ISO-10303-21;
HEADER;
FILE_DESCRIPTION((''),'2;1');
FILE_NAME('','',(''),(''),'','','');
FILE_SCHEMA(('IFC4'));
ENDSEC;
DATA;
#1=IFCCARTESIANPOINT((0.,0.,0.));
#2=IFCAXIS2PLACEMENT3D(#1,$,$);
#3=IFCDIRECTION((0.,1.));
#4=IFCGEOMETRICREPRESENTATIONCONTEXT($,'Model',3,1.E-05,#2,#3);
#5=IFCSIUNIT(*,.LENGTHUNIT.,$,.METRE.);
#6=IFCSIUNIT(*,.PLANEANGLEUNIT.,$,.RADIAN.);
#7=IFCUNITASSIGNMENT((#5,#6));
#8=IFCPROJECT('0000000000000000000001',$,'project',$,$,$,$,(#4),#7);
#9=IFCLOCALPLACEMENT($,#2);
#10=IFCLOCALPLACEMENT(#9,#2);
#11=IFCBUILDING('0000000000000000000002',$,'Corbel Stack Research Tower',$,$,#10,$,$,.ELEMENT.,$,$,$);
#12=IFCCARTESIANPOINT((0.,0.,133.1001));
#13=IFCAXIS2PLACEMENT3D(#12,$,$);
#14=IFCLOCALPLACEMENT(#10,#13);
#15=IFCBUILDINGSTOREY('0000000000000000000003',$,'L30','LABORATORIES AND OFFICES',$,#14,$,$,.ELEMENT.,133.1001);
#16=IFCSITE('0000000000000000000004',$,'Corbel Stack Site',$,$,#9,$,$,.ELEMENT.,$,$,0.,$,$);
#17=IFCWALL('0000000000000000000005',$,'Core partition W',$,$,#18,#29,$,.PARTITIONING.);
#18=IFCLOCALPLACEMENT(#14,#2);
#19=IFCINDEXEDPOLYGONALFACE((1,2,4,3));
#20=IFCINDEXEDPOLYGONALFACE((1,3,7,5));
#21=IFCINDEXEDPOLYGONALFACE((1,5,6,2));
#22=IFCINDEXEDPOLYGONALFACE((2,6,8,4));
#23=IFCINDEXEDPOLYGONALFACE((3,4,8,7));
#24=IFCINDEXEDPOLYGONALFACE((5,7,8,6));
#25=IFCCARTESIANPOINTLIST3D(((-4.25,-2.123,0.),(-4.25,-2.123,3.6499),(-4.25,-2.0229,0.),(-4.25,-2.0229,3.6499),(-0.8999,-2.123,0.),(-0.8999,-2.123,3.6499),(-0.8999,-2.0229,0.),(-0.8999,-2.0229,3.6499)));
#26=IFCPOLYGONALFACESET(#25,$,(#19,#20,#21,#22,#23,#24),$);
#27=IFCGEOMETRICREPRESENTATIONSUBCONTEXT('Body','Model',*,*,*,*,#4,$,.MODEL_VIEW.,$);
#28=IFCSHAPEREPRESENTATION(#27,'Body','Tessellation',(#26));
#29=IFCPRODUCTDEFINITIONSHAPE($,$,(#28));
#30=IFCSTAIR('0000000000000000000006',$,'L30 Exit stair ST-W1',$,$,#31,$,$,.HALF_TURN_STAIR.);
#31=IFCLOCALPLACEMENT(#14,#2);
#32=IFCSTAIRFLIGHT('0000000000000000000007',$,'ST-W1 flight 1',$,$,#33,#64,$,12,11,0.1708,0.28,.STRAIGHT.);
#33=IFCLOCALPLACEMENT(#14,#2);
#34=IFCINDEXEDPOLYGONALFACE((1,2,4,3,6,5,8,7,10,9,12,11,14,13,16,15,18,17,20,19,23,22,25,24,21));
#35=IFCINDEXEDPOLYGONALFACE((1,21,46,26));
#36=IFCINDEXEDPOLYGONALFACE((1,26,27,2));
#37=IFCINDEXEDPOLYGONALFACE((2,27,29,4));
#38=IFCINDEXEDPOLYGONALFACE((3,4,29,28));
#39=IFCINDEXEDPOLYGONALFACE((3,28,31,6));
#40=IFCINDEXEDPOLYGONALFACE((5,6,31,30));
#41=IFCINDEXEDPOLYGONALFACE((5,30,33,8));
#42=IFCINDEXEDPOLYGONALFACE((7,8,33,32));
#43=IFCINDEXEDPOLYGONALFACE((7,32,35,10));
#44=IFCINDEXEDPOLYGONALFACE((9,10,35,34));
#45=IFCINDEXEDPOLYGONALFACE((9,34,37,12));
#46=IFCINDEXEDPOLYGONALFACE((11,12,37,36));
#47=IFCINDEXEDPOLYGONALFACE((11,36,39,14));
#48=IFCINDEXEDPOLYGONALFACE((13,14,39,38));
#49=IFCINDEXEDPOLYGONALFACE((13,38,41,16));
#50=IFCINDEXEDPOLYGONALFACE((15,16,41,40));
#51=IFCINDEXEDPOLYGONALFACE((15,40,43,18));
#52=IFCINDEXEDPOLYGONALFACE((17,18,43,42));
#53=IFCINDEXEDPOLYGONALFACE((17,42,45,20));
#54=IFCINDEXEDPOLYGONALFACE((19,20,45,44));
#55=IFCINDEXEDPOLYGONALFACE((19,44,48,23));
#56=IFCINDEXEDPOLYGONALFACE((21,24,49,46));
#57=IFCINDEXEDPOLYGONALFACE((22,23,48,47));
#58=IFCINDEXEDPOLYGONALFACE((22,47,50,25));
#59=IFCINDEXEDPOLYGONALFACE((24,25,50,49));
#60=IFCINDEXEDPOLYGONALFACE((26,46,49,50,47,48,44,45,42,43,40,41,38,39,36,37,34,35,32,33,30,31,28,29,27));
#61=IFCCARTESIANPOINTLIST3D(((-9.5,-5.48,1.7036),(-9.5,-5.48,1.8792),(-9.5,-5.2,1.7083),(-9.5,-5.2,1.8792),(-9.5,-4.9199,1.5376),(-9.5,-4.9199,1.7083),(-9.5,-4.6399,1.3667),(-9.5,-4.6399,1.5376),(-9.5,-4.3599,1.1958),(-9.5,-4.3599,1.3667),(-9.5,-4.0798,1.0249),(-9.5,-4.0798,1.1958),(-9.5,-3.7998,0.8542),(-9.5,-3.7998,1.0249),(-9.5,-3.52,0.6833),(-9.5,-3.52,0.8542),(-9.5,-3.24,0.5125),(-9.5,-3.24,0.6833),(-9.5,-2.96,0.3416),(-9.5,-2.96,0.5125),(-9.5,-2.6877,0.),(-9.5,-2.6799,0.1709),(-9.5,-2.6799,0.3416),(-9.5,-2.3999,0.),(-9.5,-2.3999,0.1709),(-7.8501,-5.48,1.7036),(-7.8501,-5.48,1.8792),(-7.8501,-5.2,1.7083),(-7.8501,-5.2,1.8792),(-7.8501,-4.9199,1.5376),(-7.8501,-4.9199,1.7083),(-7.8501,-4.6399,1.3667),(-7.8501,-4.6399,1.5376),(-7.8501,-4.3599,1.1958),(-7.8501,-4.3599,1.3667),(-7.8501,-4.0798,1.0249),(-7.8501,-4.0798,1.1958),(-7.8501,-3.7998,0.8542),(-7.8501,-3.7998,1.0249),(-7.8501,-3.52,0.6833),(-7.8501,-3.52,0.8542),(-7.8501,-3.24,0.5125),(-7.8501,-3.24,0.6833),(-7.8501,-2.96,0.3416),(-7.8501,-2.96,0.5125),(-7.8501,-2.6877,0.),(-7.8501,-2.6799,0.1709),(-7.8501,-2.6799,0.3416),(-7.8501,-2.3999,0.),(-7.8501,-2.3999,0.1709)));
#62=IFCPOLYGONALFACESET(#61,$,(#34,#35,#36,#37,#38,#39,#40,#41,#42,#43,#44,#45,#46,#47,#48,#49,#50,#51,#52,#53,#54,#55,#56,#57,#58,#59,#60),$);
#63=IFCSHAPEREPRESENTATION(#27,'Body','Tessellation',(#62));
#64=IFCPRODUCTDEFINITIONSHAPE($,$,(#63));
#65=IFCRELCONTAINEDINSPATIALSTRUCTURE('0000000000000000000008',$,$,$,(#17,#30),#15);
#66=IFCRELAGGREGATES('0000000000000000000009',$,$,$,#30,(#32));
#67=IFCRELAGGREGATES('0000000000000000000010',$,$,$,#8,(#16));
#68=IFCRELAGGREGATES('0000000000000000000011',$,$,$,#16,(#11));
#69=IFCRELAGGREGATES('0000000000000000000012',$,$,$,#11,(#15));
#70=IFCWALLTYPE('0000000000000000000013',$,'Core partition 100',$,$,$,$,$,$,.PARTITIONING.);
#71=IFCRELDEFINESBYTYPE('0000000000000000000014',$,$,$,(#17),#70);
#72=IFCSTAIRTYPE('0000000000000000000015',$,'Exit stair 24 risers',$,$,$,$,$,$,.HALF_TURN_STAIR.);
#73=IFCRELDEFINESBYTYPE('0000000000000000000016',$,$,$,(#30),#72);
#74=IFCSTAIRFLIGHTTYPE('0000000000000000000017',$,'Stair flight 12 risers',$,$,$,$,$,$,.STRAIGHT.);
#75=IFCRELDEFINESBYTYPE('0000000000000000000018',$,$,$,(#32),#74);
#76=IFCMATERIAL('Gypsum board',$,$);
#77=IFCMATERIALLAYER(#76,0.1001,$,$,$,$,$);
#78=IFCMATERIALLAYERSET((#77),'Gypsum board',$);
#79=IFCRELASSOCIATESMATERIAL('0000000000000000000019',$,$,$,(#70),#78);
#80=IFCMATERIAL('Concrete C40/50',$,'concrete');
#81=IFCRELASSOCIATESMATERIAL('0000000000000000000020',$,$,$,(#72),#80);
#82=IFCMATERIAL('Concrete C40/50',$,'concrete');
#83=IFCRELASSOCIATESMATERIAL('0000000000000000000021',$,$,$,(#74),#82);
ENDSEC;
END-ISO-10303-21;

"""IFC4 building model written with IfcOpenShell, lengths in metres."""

from ifc_helpers import new_model, si_unit, direction, frame, frame_2d, origin, place, context, subcontext, project, spatial, polyline, rectangle, outline, extrude, material, layer, layer_set, type_object, element, aggregate, save


model = new_model("IFC4")

# Units and contexts
model_context = context("Model", 3, precision=1e-05, world=origin(), true_north=direction((0.0, 1.0)))
body_context = subcontext(model_context, "Body", "Model", "MODEL_VIEW")
ifc_project = project(units=[si_unit("LENGTHUNIT", "METRE"), si_unit("PLANEANGLEUNIT", "RADIAN")], contexts=[model_context])

# Site, building, storey
site_placement = place(None, origin())
site = spatial("IfcSite", under=ifc_project, at=site_placement, Name="Corbel Stack Site", CompositionType="ELEMENT", RefElevation=0.0)
building_placement = place(site_placement, origin())
building = spatial("IfcBuilding", under=site, at=building_placement, Name="Corbel Stack Research Tower", CompositionType="ELEMENT")
storey_placement = place(building_placement, frame((0.0, 0.0, 133.1001)))
storey = spatial("IfcBuildingStorey", under=building, at=storey_placement, Name="L30", Description="LABORATORIES AND OFFICES", CompositionType="ELEMENT", Elevation=133.1001)

# Shared definitions
ifc_material_1 = material(Name="Gypsum board")
ifc_layer_1 = layer(ifc_material_1, 0.1001)
ifc_layer_set_1 = layer_set([ifc_layer_1], Name="Gypsum board")
wall_type_1 = type_object("IfcWallType", Name="Core partition 100", PredefinedType="PARTITIONING", material=ifc_layer_set_1)

# Wall
wall_1_placement = place(storey_placement, frame((-4.25, -2.073, 0.0), z_axis=(0.0, 0.0, 1.0), x_axis=(1.0, 0.0, 0.0)))
element("IfcWall", 1, at=wall_1_placement, inside=storey, type_object=wall_type_1, Name="Core partition W", PredefinedType="PARTITIONING", context=body_context, shape_type="SweptSolid", body=[
    extrude(rectangle(XDim=3.3501, YDim=0.1001, at=frame_2d((1.675, 0.0))), origin(), (0.0, 0.0, 1.0), 3.6499),
])

# Stair, stair flight
ifc_material_2 = material(Name="Concrete C40/50", Category="concrete")
stair_type = type_object("IfcStairType", Name="Exit stair 24 risers", PredefinedType="HALF_TURN_STAIR", material=ifc_material_2)
stair_placement = place(storey_placement, origin())
stair = element("IfcStair", 2, at=stair_placement, inside=storey, type_object=stair_type, Name="L30 Exit stair ST-W1", PredefinedType="HALF_TURN_STAIR")
ifc_material_3 = material(Name="Concrete C40/50", Category="concrete")
stair_flight_type = type_object("IfcStairFlightType", Name="Stair flight 12 risers", PredefinedType="STRAIGHT", material=ifc_material_3)
stair_flight_placement = place(storey_placement, frame((-8.675, -2.3999, 0.0), z_axis=(0.0, 0.0, 1.0), x_axis=(0.0, -1.0, 0.0)))
stair_flight = element("IfcStairFlight", 3, at=stair_flight_placement, type_object=stair_flight_type, Name="ST-W1 flight 1", NumberOfRisers=12, NumberOfTreads=11, PredefinedType="STRAIGHT", RiserHeight=0.1708, TreadLength=0.28, context=body_context, shape_type="SweptSolid", body=[
    extrude(outline(polyline([(0.0, 0.0), (0.0, 0.1709), (0.28, 0.1709), (0.28, 0.3416), (0.5601, 0.3416), (0.5601, 0.5125), (0.8401, 0.5125), (0.8401, 0.6833), (1.1201, 0.6833), (1.1201, 0.8542), (1.3999, 0.8542), (1.3999, 1.0249), (1.6799, 1.0249), (1.6799, 1.1958), (1.96, 1.1958), (1.96, 1.3667), (2.24, 1.3667), (2.24, 1.5376), (2.52, 1.5376), (2.52, 1.7083), (2.8, 1.7083), (2.8, 1.8792), (3.0801, 1.8792), (3.0801, 2.05), (3.0801, 1.7036), (0.2878, 0.0), (0.0, 0.0)])), frame((0.0, 0.825, 0.0), z_axis=(0.0, -1.0, 0.0), x_axis=(1.0, 0.0, 0.0)), (0.0, 0.0, 1.0), 1.6499),
])
aggregate(stair, [stair_flight])

save(model, "model.ifc")
